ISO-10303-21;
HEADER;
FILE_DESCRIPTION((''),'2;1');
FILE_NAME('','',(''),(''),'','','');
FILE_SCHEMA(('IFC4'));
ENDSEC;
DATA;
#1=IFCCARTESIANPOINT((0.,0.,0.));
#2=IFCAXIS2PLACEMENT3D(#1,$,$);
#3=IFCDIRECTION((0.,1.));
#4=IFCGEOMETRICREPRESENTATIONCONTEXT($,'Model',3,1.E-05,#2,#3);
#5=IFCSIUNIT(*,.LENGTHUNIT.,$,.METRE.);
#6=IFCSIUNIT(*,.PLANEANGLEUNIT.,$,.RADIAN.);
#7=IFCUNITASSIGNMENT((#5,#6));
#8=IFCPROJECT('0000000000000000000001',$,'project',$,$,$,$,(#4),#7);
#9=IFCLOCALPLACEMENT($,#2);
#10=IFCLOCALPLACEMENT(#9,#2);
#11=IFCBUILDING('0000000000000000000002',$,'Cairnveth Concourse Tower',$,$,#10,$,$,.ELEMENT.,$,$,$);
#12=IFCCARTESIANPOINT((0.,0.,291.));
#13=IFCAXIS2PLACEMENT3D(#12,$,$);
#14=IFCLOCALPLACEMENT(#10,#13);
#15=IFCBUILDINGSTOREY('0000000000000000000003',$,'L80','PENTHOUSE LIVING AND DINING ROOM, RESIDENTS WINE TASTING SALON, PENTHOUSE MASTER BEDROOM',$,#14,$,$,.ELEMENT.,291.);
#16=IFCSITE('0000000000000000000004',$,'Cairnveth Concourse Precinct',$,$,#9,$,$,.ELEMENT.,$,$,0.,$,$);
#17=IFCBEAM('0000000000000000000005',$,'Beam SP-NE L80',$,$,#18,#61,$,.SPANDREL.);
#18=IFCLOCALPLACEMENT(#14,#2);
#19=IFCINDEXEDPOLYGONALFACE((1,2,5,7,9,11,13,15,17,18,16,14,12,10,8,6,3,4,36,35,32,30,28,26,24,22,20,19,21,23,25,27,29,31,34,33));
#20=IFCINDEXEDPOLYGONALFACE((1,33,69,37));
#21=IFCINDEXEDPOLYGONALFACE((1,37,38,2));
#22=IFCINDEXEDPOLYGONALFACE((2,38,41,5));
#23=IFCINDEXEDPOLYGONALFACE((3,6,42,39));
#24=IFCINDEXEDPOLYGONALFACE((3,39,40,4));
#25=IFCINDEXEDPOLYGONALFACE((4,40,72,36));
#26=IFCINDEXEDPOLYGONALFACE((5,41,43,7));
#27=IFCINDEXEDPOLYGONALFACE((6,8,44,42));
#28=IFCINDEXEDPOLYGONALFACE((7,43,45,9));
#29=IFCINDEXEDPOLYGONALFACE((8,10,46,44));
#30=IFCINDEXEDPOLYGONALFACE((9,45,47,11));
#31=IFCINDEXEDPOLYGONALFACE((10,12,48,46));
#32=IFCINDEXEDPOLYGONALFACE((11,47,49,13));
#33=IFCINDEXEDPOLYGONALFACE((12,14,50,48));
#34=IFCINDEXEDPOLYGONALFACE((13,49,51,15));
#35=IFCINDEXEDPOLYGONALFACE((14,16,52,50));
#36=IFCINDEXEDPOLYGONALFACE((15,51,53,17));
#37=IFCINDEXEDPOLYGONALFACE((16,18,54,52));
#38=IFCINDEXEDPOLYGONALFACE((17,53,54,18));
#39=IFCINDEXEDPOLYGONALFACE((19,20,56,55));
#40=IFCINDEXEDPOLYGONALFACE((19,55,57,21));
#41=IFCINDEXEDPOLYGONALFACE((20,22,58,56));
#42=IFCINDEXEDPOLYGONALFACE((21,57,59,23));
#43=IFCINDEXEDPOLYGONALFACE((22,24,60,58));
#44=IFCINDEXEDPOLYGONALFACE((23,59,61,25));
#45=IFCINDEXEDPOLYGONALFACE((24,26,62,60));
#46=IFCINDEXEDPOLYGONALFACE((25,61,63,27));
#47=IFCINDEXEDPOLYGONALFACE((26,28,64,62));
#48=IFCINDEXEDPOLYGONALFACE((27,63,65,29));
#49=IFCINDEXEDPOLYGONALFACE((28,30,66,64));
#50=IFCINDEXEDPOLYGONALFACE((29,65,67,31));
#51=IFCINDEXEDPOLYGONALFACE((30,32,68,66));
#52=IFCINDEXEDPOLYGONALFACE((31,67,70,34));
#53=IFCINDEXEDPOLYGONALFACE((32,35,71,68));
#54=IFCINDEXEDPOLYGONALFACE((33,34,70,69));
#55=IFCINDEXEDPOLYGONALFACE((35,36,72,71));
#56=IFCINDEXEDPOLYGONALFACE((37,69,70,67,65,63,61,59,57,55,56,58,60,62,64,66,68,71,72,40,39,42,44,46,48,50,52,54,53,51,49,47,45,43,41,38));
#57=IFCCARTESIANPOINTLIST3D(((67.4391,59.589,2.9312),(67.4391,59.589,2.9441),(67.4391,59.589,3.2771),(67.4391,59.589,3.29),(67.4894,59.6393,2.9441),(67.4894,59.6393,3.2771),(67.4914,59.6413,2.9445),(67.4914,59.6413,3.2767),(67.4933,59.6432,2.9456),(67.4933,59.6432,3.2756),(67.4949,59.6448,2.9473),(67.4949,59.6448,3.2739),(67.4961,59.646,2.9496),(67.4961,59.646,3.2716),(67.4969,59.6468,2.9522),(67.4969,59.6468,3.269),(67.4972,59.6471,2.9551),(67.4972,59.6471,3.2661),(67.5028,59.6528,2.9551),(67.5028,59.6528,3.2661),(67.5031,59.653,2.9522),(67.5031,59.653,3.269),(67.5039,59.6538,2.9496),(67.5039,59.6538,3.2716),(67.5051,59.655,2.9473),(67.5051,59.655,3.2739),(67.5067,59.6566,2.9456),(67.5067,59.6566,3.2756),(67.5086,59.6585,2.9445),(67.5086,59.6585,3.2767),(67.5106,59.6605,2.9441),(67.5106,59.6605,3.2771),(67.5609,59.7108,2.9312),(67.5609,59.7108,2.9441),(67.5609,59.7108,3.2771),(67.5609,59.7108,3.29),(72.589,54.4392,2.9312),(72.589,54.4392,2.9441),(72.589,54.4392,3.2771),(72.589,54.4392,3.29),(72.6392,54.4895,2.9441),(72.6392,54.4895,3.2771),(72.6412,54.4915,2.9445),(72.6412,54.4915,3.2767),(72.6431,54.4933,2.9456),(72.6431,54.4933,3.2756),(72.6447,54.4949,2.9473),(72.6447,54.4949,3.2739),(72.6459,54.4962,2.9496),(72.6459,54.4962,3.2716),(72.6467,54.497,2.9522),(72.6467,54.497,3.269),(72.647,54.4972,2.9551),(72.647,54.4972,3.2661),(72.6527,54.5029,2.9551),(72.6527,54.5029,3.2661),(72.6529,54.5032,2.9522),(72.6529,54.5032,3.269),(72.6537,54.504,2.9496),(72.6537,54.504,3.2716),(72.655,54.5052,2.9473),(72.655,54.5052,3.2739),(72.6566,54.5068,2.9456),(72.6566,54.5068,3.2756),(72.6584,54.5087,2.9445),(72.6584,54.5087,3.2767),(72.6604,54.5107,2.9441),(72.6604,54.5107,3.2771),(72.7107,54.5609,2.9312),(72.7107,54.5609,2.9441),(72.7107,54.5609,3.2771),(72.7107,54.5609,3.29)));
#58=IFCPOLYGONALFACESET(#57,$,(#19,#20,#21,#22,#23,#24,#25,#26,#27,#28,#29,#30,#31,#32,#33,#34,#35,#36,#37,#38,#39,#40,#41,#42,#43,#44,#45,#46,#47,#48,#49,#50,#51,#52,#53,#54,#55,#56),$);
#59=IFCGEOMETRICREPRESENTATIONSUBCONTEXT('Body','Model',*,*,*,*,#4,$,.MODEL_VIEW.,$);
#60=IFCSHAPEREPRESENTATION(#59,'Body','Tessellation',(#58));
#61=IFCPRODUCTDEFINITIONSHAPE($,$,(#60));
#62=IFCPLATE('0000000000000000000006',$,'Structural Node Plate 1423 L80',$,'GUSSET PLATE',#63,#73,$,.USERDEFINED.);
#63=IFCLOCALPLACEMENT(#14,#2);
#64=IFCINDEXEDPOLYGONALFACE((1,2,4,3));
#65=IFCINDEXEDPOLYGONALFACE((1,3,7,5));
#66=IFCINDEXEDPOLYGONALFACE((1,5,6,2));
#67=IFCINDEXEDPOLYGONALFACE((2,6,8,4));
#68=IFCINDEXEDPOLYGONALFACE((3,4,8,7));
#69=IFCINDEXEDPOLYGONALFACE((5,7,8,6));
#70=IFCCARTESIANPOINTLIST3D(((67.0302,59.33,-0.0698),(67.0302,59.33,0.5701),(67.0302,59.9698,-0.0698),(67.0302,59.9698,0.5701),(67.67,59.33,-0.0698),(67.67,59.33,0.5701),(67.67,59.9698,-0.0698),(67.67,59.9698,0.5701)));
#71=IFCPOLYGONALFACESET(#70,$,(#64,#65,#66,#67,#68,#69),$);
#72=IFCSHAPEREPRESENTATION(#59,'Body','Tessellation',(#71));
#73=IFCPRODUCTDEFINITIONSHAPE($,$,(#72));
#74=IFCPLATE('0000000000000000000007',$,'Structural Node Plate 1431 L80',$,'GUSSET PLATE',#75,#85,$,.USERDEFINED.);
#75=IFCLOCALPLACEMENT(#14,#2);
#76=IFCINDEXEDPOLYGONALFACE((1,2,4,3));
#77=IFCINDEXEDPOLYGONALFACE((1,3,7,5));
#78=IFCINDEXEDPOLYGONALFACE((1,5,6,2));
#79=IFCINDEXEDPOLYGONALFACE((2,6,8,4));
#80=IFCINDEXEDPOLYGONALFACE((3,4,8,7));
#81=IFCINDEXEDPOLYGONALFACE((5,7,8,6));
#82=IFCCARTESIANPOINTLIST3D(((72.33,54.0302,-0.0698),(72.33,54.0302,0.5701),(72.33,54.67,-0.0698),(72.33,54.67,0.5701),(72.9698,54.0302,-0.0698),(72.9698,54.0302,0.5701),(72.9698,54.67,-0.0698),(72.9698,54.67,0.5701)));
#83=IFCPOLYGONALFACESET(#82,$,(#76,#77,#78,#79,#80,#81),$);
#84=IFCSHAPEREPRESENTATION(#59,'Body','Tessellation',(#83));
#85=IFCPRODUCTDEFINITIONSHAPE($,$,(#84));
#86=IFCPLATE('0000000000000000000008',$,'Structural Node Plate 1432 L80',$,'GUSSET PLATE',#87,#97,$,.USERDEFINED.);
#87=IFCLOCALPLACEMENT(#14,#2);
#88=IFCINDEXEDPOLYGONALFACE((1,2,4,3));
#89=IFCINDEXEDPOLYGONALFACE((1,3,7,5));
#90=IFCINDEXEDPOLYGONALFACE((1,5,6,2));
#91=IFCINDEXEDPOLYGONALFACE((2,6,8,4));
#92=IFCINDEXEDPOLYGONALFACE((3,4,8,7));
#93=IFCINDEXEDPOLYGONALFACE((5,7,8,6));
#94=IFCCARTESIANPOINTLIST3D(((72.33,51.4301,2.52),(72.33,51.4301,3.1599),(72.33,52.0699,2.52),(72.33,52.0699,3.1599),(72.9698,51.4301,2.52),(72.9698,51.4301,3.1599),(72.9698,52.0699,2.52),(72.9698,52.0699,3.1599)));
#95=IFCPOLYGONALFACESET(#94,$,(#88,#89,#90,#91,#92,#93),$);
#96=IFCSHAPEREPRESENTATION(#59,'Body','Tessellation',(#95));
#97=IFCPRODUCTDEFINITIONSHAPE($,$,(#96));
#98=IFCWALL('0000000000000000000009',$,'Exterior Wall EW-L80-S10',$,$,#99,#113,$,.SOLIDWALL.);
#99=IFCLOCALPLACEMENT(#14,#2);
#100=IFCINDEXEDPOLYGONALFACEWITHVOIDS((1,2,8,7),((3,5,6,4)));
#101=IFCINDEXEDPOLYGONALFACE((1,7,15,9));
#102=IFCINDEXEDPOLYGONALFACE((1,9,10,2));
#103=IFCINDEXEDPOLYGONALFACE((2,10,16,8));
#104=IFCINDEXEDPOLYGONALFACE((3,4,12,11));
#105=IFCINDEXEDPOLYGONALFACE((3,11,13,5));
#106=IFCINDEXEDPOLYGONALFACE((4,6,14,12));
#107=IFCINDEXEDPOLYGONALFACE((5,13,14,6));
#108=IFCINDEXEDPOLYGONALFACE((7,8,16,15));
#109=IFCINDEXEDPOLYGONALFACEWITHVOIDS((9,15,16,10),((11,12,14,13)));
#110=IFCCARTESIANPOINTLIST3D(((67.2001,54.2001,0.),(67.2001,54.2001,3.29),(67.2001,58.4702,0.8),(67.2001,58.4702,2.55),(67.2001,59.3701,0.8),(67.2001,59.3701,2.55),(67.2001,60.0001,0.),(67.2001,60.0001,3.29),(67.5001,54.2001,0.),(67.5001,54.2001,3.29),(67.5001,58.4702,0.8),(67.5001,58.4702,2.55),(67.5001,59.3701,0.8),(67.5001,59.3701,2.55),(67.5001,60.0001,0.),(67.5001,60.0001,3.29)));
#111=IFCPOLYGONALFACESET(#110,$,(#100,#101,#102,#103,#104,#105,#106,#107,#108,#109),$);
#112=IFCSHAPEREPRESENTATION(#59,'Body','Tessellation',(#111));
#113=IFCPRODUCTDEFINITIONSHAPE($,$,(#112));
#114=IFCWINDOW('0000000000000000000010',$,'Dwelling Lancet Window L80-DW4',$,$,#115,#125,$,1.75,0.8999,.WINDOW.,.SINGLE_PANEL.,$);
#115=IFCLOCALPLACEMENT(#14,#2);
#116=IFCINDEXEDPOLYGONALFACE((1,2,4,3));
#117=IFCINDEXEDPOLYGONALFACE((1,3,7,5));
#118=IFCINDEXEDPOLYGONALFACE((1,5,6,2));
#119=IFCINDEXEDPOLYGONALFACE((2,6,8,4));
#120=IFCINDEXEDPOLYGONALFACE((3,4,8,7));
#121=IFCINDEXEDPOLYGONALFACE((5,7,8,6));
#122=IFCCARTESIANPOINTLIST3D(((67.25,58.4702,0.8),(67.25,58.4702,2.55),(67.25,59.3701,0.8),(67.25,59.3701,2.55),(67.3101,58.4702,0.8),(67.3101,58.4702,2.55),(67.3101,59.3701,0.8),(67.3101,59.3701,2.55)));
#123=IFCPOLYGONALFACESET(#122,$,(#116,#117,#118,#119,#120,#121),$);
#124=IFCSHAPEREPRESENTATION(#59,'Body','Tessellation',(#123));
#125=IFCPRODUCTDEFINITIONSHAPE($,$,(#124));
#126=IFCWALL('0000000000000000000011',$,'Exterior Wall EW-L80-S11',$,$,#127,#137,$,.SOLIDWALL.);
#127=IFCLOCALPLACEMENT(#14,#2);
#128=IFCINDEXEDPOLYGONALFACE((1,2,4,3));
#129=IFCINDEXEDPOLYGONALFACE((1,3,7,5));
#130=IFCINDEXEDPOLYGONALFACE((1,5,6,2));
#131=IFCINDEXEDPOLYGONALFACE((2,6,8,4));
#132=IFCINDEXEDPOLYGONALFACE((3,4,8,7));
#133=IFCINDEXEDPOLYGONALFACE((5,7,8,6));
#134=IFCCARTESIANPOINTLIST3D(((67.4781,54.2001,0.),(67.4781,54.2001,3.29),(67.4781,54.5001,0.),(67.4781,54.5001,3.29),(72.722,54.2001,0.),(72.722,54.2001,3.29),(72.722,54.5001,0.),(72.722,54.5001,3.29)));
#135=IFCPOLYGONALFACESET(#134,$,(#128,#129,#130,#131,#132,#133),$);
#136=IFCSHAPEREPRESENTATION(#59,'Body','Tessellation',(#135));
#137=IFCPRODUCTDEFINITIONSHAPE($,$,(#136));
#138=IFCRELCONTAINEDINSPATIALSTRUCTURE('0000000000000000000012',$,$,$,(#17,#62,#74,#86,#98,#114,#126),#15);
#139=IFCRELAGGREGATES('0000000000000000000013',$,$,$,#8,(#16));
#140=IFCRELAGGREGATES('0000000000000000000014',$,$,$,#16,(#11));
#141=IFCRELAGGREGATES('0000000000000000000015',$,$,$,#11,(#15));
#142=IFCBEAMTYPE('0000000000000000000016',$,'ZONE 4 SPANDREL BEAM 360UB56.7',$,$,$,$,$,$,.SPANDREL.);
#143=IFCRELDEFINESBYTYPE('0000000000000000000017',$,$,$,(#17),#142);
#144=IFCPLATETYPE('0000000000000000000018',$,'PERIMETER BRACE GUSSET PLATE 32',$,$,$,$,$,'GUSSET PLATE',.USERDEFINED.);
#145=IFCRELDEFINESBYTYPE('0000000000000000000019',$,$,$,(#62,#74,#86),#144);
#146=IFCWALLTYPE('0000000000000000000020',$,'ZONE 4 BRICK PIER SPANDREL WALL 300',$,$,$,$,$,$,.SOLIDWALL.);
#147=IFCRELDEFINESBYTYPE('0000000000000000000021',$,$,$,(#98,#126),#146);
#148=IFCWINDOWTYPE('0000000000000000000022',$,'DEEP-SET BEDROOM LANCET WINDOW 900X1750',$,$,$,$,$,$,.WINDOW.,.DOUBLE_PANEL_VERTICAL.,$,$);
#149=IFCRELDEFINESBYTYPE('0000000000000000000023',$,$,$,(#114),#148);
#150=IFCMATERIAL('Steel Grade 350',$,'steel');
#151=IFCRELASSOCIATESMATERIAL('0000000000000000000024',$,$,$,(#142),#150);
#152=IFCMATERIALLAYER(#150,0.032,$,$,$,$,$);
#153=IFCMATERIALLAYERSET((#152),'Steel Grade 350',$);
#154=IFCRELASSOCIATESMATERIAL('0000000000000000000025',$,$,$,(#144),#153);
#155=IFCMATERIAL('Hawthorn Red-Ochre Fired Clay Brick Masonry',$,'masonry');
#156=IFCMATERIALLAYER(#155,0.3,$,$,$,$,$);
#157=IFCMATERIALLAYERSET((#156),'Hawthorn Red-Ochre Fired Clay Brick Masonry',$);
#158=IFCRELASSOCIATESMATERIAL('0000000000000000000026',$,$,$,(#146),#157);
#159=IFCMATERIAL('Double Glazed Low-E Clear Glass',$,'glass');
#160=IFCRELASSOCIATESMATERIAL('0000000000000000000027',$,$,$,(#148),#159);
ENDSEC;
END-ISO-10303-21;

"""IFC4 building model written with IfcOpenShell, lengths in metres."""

from ifc_helpers import new_model, si_unit, direction, frame, frame_2d, origin, origin_2d, place, context, subcontext, project, spatial, rectangle, i_section, extrude, material, layer, layer_set, material_profile, profile_set, type_object, element, fill, save


model = new_model("IFC4")

# Units and contexts
model_context = context("Model", 3, precision=1e-05, world=origin(), true_north=direction((0.0, 1.0)))
body_context = subcontext(model_context, "Body", "Model", "MODEL_VIEW")
ifc_project = project(units=[si_unit("LENGTHUNIT", "METRE"), si_unit("PLANEANGLEUNIT", "RADIAN")], contexts=[model_context])

# Site, building, storey
site_placement = place(None, origin())
site = spatial("IfcSite", under=ifc_project, at=site_placement, Name="Cairnveth Concourse Precinct", CompositionType="ELEMENT", RefElevation=0.0)
building_placement = place(site_placement, origin())
building = spatial("IfcBuilding", under=site, at=building_placement, Name="Cairnveth Concourse Tower", CompositionType="ELEMENT")
storey_placement = place(building_placement, frame((0.0, 0.0, 291.0)))
storey = spatial("IfcBuildingStorey", under=building, at=storey_placement, Name="L80", Description="PENTHOUSE LIVING AND DINING ROOM, RESIDENTS WINE TASTING SALON, PENTHOUSE MASTER BEDROOM", CompositionType="ELEMENT", Elevation=291.0)

# Shared definitions
ifc_material_1 = material(Name="Steel Grade 350", Category="steel")

# Beam
ifc_material_profile_1 = material_profile(ifc_material_1, i_section(OverallWidth=0.1721, OverallDepth=0.3589, WebThickness=0.0081, FlangeThickness=0.0129, FilletRadius=0.011, at=origin_2d()), Name="360UB56.7")
ifc_profile_set_1 = profile_set([ifc_material_profile_1], Name="Steel Grade 350")
beam_type_1 = type_object("IfcBeamType", Name="ZONE 4 SPANDREL BEAM 360UB56.7", PredefinedType="SPANDREL", material=ifc_profile_set_1)
beam_1_placement = place(storey_placement, frame((67.5, 59.6499, 3.1106), z_axis=(0.707107, -0.707107, 0.0), x_axis=(0.707107, 0.707107, 0.0)))
element("IfcBeam", 1, at=beam_1_placement, inside=storey, type_object=beam_type_1, Name="Beam SP-NE L80", PredefinedType="SPANDREL", context=body_context, shape_type="SweptSolid", body=[
    extrude(i_section(OverallWidth=0.1721, OverallDepth=0.3589, WebThickness=0.0081, FlangeThickness=0.0129, FilletRadius=0.011, at=origin_2d()), origin(), (0.0, 0.0, 1.0), 7.283),
])

# Plates
ifc_layer_1 = layer(ifc_material_1, 0.032)
ifc_layer_set_1 = layer_set([ifc_layer_1], Name="Steel Grade 350")
plate_type = type_object("IfcPlateType", Name="PERIMETER BRACE GUSSET PLATE 32", ElementType="GUSSET PLATE", PredefinedType="USERDEFINED", material=ifc_layer_set_1)
for number, where, z_axis, x_axis, name in (
    (2, (67.3501, 59.6499, -0.0698), (0.0, 0.0, 1.0), (1.0, 0.0, 0.0), "Structural Node Plate 1423 L80"),
    (3, (72.6499, 54.3501, -0.0698), (0.0, 0.0, 1.0), (1.0, 0.0, 0.0), "Structural Node Plate 1431 L80"),
    (4, (72.6499, 51.75, 2.52), (0.0, 0.0, 1.0), (1.0, 0.0, 0.0), "Structural Node Plate 1432 L80"),
):
    element("IfcPlate", number, at=place(storey_placement, frame(where, z_axis=z_axis, x_axis=x_axis)), inside=storey, type_object=plate_type, Name=name, ObjectType="GUSSET PLATE", PredefinedType="USERDEFINED", context=body_context, shape_type="SweptSolid", body=[
        extrude(rectangle(XDim=0.6399, YDim=0.6399, at=origin_2d()), origin(), (0.0, 0.0, 1.0), 0.6399),
    ])

# Wall, opening, window
ifc_material_2 = material(Name="Hawthorn Red-Ochre Fired Clay Brick Masonry", Category="masonry")
ifc_layer_2 = layer(ifc_material_2, 0.3)
ifc_layer_set_2 = layer_set([ifc_layer_2], Name="Hawthorn Red-Ochre Fired Clay Brick Masonry")
wall_type = type_object("IfcWallType", Name="ZONE 4 BRICK PIER SPANDREL WALL 300", PredefinedType="SOLIDWALL", material=ifc_layer_set_2)
wall_1_placement = place(storey_placement, frame((67.3501, 60.0, 0.0), z_axis=(0.0, 0.0, 1.0), x_axis=(0.0, -1.0, 0.0)))
wall_1 = element("IfcWall", 5, at=wall_1_placement, inside=storey, type_object=wall_type, Name="Exterior Wall EW-L80-S10", PredefinedType="SOLIDWALL", context=body_context, shape_type="SweptSolid", body=[
    extrude(rectangle(XDim=5.8, YDim=0.3, at=frame_2d((2.8999, 0.0))), origin(), (0.0, 0.0, 1.0), 3.29),
])
opening_1_placement = place(wall_1_placement, frame((0.6299, 0.0, 0.8)))
opening_1 = element("IfcOpeningElement", 6, at=opening_1_placement, cuts=wall_1, PredefinedType="OPENING", context=body_context, shape_type="SweptSolid", body=[
    extrude(rectangle(XDim=0.8999, YDim=1.75, at=frame_2d((0.45, 0.875))), frame((0.0, 0.1599, 0.0), z_axis=(0.0, -1.0, 0.0), x_axis=(1.0, 0.0, 0.0)), (0.0, 0.0, 1.0), 0.3201),
])
ifc_material_3 = material(Name="Double Glazed Low-E Clear Glass", Category="glass")
window_type_1 = type_object("IfcWindowType", Name="DEEP-SET BEDROOM LANCET WINDOW 900X1750", PartitioningType="DOUBLE_PANEL_VERTICAL", PredefinedType="WINDOW", material=ifc_material_3)
window_1_placement = place(opening_1_placement, origin())
window_1 = element("IfcWindow", 7, at=window_1_placement, inside=storey, type_object=window_type_1, Name="Dwelling Lancet Window L80-DW4", OverallHeight=1.75, OverallWidth=0.8999, PartitioningType="SINGLE_PANEL", PredefinedType="WINDOW", context=body_context, shape_type="SweptSolid", body=[
    extrude(rectangle(XDim=0.8999, YDim=1.75, at=frame_2d((0.45, 0.875))), frame((0.0, -0.04, 0.0), z_axis=(0.0, -1.0, 0.0), x_axis=(1.0, 0.0, 0.0)), (0.0, 0.0, 1.0), 0.0601),
])
fill(opening_1, window_1)

# Wall
wall_2_placement = place(storey_placement, frame((67.478, 54.3501, 0.0), z_axis=(0.0, 0.0, 1.0), x_axis=(1.0, 0.0, 0.0)))
element("IfcWall", 8, at=wall_2_placement, inside=storey, type_object=wall_type, Name="Exterior Wall EW-L80-S11", PredefinedType="SOLIDWALL", context=body_context, shape_type="SweptSolid", body=[
    extrude(rectangle(XDim=5.2439, YDim=0.3, at=frame_2d((2.6221, 0.0))), origin(), (0.0, 0.0, 1.0), 3.29),
])

save(model, "model.ifc")
